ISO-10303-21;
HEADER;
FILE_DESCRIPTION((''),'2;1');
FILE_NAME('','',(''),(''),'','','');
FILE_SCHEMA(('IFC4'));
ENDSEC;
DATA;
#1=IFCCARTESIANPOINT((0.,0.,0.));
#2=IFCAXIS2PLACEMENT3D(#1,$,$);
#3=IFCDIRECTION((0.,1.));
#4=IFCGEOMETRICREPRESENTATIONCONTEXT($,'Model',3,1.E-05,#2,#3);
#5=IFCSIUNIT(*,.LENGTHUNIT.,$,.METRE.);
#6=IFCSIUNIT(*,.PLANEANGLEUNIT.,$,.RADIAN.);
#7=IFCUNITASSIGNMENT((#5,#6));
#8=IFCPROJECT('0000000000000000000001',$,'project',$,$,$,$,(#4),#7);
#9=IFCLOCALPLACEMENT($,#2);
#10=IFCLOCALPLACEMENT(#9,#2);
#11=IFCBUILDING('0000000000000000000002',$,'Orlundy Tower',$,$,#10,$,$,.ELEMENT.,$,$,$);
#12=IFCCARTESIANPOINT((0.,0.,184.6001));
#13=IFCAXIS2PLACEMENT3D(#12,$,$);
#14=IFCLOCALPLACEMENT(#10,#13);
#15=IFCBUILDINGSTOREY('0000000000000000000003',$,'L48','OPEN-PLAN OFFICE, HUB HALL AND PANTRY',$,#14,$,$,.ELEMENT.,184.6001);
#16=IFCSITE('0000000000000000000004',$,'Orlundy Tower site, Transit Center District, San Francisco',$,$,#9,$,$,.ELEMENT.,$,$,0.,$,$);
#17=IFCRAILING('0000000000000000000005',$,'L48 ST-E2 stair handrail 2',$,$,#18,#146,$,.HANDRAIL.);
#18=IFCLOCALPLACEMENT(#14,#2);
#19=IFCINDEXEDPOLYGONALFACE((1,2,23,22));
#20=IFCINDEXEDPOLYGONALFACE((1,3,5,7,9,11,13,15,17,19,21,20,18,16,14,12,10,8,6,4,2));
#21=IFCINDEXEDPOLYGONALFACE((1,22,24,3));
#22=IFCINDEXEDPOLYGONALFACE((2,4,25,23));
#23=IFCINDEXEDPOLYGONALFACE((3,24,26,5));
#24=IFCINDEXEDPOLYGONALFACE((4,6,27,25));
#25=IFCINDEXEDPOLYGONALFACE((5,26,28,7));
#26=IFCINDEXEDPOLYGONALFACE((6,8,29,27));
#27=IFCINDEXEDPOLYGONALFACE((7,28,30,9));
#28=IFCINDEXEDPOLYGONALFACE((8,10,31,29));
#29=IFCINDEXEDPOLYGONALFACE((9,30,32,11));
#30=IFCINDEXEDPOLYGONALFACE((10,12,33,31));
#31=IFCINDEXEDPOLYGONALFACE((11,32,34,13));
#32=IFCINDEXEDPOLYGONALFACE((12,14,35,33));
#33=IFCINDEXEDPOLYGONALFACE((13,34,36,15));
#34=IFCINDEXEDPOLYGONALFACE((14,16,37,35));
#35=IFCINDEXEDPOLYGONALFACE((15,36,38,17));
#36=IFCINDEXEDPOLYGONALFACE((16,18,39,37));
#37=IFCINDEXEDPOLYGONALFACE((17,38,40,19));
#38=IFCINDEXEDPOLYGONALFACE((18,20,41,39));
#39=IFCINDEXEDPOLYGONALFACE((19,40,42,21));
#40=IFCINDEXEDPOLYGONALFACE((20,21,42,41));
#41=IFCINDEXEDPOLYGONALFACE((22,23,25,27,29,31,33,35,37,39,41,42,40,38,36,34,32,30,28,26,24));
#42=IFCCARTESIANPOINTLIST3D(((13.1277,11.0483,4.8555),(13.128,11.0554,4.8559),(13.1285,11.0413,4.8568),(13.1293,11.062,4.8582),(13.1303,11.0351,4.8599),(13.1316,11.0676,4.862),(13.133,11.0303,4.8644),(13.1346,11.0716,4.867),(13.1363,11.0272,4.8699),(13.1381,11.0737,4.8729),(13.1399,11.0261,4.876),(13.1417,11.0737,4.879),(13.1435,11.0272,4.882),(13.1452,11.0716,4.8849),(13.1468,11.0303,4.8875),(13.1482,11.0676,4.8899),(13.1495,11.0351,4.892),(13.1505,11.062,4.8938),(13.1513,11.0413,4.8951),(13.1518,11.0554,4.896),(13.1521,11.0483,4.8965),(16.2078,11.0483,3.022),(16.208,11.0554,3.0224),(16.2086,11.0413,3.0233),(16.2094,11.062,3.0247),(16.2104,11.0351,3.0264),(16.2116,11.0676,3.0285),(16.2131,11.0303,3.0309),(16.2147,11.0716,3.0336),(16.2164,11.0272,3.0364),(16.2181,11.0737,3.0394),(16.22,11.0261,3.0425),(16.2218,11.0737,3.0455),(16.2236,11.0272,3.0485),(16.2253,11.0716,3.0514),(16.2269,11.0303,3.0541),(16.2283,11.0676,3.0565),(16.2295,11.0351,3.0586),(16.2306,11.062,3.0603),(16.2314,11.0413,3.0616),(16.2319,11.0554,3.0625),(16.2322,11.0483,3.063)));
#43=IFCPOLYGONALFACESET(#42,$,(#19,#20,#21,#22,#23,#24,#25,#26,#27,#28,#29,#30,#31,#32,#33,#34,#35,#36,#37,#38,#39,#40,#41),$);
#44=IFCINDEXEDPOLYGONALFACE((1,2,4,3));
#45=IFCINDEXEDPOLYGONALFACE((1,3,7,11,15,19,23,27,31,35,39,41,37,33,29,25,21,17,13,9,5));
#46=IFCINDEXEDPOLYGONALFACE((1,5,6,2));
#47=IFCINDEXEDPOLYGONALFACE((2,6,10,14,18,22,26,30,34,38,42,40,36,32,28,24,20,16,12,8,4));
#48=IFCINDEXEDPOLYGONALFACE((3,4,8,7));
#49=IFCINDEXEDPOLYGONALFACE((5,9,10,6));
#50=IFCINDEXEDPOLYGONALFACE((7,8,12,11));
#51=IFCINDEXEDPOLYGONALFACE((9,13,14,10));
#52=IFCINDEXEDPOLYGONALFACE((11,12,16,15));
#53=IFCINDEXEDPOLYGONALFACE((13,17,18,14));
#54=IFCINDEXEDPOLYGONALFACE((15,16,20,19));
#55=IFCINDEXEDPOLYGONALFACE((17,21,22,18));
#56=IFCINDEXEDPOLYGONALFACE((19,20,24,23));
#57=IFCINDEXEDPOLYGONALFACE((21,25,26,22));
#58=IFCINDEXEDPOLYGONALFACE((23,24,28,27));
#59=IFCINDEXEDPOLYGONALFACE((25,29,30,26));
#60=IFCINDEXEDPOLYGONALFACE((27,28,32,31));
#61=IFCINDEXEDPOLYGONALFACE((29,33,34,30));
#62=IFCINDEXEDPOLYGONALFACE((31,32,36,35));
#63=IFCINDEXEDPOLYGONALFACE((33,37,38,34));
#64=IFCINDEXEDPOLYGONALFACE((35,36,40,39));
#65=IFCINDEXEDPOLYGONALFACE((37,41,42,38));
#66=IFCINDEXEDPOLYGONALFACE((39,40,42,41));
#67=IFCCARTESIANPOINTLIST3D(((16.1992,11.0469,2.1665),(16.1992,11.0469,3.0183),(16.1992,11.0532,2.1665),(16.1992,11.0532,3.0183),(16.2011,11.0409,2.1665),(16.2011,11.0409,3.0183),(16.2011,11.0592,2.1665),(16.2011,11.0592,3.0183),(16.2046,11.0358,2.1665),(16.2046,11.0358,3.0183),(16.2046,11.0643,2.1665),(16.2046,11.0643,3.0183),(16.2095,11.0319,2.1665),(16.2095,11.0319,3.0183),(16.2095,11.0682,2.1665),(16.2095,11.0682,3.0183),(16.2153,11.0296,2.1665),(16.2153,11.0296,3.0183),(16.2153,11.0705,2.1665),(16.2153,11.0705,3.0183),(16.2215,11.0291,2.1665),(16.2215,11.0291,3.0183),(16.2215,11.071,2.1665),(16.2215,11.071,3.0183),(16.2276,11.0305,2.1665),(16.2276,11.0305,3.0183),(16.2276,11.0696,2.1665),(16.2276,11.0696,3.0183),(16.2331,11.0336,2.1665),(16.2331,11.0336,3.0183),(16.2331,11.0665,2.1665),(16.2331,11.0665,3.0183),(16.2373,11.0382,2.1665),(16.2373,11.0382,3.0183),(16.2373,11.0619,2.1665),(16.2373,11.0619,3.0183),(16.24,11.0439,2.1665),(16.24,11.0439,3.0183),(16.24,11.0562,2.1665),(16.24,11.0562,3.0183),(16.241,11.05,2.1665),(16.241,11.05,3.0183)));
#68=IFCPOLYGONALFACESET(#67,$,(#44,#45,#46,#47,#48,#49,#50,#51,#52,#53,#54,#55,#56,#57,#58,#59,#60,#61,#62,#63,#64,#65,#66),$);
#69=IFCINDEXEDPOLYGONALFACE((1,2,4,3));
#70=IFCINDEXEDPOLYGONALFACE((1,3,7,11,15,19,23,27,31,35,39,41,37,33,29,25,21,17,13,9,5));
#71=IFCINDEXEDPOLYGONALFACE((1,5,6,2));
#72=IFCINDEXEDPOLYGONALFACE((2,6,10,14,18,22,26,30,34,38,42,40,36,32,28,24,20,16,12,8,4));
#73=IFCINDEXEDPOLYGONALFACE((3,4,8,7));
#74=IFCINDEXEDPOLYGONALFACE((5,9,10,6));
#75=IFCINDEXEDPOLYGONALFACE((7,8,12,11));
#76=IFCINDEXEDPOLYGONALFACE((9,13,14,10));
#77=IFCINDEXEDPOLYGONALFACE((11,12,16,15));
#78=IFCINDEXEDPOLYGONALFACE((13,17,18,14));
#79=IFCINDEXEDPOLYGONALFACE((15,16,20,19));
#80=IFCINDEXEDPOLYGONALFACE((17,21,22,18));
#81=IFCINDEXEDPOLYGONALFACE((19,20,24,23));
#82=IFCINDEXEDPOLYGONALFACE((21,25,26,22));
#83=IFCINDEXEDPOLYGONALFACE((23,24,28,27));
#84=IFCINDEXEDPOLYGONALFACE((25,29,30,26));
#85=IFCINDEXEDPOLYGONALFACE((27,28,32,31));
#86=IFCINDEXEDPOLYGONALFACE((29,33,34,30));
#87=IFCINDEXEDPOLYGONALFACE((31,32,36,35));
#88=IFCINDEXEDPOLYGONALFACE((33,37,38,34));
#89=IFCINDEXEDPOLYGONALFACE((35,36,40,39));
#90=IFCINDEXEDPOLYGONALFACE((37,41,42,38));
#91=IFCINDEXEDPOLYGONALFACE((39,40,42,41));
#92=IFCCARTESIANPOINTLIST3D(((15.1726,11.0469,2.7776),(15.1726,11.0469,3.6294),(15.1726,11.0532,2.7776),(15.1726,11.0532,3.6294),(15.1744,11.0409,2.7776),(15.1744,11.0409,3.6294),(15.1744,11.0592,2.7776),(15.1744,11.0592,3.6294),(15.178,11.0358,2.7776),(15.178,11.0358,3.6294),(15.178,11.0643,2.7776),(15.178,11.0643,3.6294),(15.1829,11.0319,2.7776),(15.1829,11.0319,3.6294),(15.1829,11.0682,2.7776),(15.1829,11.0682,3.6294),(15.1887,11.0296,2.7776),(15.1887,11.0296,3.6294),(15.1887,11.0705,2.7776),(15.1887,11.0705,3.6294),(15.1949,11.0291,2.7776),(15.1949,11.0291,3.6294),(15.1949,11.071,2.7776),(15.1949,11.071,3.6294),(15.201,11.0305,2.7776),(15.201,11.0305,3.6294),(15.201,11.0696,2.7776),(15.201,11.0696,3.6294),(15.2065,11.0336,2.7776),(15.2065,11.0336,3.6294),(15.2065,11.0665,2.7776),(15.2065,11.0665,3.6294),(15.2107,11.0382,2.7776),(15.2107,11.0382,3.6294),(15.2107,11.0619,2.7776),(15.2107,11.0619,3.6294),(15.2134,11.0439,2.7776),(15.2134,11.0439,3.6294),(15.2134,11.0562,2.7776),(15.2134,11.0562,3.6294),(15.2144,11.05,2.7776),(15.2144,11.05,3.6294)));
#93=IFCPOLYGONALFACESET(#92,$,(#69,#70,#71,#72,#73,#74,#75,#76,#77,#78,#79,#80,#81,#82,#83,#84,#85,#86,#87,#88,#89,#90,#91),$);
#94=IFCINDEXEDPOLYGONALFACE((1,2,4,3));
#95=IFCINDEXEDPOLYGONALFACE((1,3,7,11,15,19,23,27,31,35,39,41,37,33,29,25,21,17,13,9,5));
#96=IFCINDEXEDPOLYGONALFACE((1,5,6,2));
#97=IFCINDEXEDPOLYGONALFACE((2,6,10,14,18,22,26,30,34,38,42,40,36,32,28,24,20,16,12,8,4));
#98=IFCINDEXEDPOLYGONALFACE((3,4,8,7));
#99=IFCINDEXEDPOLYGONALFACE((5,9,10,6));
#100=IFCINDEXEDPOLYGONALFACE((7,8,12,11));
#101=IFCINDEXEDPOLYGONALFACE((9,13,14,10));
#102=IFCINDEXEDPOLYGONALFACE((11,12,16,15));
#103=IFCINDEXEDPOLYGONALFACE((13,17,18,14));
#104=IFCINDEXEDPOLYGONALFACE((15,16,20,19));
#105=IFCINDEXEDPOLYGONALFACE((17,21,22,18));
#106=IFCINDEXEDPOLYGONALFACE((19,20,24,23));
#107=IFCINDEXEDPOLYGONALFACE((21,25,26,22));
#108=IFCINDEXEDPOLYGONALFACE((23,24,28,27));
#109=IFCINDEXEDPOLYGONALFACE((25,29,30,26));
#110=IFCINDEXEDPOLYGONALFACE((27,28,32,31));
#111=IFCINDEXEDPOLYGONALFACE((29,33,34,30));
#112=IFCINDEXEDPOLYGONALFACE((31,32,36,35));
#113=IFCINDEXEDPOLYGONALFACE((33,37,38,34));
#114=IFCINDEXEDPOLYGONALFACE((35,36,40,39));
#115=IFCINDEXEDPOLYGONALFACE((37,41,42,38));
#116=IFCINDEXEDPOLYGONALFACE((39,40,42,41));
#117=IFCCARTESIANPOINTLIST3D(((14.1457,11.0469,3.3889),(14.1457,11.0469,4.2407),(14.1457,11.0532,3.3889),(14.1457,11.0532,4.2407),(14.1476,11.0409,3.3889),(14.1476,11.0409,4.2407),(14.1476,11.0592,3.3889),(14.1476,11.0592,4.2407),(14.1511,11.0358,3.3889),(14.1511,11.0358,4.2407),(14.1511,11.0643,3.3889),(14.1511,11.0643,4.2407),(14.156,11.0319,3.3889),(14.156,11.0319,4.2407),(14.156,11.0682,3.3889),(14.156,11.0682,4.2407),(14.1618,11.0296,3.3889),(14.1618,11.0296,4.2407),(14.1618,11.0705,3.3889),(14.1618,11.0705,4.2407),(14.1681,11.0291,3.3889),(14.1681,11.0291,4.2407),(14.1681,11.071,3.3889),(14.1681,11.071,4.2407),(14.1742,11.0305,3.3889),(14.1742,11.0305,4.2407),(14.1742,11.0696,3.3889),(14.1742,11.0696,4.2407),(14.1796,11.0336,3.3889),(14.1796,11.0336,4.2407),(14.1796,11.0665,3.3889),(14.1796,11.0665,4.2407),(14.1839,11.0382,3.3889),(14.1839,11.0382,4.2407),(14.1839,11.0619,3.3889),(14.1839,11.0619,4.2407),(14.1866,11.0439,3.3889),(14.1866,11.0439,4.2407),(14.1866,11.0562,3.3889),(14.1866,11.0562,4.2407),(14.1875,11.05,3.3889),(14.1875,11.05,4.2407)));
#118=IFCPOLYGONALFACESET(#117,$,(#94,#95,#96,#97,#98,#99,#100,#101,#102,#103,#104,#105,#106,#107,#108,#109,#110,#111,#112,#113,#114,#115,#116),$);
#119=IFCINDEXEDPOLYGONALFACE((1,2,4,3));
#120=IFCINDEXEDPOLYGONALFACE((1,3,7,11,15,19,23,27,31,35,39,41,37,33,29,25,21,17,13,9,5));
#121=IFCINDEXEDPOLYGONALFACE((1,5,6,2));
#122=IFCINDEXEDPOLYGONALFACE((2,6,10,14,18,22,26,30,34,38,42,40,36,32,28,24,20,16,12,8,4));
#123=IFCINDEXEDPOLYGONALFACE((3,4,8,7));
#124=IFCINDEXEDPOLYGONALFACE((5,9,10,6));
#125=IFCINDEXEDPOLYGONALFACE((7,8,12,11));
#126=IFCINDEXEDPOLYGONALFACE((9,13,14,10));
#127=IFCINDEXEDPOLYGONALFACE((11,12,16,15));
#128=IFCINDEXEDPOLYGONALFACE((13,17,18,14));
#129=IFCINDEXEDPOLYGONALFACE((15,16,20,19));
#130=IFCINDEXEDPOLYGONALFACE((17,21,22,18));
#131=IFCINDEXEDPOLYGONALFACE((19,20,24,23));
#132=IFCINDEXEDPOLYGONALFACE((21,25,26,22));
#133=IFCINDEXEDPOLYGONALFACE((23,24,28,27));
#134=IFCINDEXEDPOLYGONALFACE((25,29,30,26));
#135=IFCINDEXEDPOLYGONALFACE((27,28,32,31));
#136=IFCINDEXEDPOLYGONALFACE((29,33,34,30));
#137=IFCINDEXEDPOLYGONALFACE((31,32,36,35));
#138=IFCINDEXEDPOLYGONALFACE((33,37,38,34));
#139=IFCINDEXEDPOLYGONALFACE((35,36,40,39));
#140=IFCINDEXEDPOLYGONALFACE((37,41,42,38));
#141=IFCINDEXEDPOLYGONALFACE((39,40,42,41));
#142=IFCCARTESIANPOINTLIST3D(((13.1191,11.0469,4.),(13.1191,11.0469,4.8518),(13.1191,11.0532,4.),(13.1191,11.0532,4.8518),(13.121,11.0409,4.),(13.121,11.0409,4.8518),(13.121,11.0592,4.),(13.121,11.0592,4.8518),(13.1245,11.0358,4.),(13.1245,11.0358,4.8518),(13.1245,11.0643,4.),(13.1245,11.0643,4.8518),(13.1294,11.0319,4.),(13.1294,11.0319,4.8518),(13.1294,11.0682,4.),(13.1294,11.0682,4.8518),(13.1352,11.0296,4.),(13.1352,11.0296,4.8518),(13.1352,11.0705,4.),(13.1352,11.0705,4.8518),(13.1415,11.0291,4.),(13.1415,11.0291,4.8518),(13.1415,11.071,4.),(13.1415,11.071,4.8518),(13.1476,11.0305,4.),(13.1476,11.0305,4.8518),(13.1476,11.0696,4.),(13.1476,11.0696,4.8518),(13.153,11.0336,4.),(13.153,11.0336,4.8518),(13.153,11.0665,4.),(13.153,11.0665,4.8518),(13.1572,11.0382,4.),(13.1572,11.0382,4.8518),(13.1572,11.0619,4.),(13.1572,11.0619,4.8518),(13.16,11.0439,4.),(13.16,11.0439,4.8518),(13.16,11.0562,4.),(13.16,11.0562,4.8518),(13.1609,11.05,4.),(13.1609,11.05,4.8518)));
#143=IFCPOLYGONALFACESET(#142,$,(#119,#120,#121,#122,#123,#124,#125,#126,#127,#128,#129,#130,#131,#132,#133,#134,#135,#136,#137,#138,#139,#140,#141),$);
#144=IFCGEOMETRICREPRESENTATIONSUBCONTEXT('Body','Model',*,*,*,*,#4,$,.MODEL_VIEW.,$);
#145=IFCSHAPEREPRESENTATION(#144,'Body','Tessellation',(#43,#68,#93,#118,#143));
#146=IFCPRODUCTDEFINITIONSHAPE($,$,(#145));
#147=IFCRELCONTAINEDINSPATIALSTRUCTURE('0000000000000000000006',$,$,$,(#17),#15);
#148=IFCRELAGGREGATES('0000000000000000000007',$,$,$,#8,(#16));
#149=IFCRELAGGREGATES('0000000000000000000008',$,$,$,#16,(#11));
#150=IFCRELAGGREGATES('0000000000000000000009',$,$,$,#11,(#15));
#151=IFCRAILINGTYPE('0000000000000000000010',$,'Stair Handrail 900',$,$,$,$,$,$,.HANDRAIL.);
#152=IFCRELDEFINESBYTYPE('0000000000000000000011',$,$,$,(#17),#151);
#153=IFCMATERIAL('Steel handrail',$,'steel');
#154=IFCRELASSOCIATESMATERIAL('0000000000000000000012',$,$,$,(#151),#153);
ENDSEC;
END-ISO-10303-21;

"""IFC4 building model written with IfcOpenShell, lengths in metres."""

from ifc_helpers import new_model, si_unit, direction, frame, origin, origin_2d, place, context, subcontext, project, spatial, circle, extrude, material, type_object, element, save


model = new_model("IFC4")

# Units and contexts
model_context = context("Model", 3, precision=1e-05, world=origin(), true_north=direction((0.0, 1.0)))
body_context = subcontext(model_context, "Body", "Model", "MODEL_VIEW")
ifc_project = project(units=[si_unit("LENGTHUNIT", "METRE"), si_unit("PLANEANGLEUNIT", "RADIAN")], contexts=[model_context])

# Site, building, storey
site_placement = place(None, origin())
site = spatial("IfcSite", under=ifc_project, at=site_placement, Name="Orlundy Tower site, Transit Center District, San Francisco", CompositionType="ELEMENT", RefElevation=0.0)
building_placement = place(site_placement, origin())
building = spatial("IfcBuilding", under=site, at=building_placement, Name="Orlundy Tower", CompositionType="ELEMENT")
storey_placement = place(building_placement, frame((0.0, 0.0, 184.6001)))
storey = spatial("IfcBuildingStorey", under=building, at=storey_placement, Name="L48", Description="OPEN-PLAN OFFICE, HUB HALL AND PANTRY", CompositionType="ELEMENT", Elevation=184.6001)

# Railing
ifc_material_1 = material(Name="Steel handrail", Category="steel")
railing_type_1 = type_object("IfcRailingType", Name="Stair Handrail 900", PredefinedType="HANDRAIL", material=ifc_material_1)
railing_1_placement = place(storey_placement, frame((16.22, 11.05, 2.1665)))
element("IfcRailing", 1, at=railing_1_placement, inside=storey, type_object=railing_type_1, Name="L48 ST-E2 stair handrail 2", PredefinedType="HANDRAIL", context=body_context, shape_type="SweptSolid", body=[
    extrude(circle(Radius=0.0239, at=origin_2d()), frame((0.0, 0.0, 0.876), z_axis=(-0.859279, 0.0, 0.511508), x_axis=(0.0, -1.0, 0.0)), (0.0, 0.0, 1.0), 3.5845),
    extrude(circle(Radius=0.021, at=origin_2d()), origin(), (0.0, 0.0, 1.0), 0.8518),
    extrude(circle(Radius=0.021, at=origin_2d()), frame((-1.0266, 0.0, 0.6111)), (0.0, 0.0, 1.0), 0.8518),
    extrude(circle(Radius=0.021, at=origin_2d()), frame((-2.0535, 0.0, 1.2224)), (0.0, 0.0, 1.0), 0.8518),
    extrude(circle(Radius=0.021, at=origin_2d()), frame((-3.0801, 0.0, 1.8335)), (0.0, 0.0, 1.0), 0.8518),
])

save(model, "model.ifc")
